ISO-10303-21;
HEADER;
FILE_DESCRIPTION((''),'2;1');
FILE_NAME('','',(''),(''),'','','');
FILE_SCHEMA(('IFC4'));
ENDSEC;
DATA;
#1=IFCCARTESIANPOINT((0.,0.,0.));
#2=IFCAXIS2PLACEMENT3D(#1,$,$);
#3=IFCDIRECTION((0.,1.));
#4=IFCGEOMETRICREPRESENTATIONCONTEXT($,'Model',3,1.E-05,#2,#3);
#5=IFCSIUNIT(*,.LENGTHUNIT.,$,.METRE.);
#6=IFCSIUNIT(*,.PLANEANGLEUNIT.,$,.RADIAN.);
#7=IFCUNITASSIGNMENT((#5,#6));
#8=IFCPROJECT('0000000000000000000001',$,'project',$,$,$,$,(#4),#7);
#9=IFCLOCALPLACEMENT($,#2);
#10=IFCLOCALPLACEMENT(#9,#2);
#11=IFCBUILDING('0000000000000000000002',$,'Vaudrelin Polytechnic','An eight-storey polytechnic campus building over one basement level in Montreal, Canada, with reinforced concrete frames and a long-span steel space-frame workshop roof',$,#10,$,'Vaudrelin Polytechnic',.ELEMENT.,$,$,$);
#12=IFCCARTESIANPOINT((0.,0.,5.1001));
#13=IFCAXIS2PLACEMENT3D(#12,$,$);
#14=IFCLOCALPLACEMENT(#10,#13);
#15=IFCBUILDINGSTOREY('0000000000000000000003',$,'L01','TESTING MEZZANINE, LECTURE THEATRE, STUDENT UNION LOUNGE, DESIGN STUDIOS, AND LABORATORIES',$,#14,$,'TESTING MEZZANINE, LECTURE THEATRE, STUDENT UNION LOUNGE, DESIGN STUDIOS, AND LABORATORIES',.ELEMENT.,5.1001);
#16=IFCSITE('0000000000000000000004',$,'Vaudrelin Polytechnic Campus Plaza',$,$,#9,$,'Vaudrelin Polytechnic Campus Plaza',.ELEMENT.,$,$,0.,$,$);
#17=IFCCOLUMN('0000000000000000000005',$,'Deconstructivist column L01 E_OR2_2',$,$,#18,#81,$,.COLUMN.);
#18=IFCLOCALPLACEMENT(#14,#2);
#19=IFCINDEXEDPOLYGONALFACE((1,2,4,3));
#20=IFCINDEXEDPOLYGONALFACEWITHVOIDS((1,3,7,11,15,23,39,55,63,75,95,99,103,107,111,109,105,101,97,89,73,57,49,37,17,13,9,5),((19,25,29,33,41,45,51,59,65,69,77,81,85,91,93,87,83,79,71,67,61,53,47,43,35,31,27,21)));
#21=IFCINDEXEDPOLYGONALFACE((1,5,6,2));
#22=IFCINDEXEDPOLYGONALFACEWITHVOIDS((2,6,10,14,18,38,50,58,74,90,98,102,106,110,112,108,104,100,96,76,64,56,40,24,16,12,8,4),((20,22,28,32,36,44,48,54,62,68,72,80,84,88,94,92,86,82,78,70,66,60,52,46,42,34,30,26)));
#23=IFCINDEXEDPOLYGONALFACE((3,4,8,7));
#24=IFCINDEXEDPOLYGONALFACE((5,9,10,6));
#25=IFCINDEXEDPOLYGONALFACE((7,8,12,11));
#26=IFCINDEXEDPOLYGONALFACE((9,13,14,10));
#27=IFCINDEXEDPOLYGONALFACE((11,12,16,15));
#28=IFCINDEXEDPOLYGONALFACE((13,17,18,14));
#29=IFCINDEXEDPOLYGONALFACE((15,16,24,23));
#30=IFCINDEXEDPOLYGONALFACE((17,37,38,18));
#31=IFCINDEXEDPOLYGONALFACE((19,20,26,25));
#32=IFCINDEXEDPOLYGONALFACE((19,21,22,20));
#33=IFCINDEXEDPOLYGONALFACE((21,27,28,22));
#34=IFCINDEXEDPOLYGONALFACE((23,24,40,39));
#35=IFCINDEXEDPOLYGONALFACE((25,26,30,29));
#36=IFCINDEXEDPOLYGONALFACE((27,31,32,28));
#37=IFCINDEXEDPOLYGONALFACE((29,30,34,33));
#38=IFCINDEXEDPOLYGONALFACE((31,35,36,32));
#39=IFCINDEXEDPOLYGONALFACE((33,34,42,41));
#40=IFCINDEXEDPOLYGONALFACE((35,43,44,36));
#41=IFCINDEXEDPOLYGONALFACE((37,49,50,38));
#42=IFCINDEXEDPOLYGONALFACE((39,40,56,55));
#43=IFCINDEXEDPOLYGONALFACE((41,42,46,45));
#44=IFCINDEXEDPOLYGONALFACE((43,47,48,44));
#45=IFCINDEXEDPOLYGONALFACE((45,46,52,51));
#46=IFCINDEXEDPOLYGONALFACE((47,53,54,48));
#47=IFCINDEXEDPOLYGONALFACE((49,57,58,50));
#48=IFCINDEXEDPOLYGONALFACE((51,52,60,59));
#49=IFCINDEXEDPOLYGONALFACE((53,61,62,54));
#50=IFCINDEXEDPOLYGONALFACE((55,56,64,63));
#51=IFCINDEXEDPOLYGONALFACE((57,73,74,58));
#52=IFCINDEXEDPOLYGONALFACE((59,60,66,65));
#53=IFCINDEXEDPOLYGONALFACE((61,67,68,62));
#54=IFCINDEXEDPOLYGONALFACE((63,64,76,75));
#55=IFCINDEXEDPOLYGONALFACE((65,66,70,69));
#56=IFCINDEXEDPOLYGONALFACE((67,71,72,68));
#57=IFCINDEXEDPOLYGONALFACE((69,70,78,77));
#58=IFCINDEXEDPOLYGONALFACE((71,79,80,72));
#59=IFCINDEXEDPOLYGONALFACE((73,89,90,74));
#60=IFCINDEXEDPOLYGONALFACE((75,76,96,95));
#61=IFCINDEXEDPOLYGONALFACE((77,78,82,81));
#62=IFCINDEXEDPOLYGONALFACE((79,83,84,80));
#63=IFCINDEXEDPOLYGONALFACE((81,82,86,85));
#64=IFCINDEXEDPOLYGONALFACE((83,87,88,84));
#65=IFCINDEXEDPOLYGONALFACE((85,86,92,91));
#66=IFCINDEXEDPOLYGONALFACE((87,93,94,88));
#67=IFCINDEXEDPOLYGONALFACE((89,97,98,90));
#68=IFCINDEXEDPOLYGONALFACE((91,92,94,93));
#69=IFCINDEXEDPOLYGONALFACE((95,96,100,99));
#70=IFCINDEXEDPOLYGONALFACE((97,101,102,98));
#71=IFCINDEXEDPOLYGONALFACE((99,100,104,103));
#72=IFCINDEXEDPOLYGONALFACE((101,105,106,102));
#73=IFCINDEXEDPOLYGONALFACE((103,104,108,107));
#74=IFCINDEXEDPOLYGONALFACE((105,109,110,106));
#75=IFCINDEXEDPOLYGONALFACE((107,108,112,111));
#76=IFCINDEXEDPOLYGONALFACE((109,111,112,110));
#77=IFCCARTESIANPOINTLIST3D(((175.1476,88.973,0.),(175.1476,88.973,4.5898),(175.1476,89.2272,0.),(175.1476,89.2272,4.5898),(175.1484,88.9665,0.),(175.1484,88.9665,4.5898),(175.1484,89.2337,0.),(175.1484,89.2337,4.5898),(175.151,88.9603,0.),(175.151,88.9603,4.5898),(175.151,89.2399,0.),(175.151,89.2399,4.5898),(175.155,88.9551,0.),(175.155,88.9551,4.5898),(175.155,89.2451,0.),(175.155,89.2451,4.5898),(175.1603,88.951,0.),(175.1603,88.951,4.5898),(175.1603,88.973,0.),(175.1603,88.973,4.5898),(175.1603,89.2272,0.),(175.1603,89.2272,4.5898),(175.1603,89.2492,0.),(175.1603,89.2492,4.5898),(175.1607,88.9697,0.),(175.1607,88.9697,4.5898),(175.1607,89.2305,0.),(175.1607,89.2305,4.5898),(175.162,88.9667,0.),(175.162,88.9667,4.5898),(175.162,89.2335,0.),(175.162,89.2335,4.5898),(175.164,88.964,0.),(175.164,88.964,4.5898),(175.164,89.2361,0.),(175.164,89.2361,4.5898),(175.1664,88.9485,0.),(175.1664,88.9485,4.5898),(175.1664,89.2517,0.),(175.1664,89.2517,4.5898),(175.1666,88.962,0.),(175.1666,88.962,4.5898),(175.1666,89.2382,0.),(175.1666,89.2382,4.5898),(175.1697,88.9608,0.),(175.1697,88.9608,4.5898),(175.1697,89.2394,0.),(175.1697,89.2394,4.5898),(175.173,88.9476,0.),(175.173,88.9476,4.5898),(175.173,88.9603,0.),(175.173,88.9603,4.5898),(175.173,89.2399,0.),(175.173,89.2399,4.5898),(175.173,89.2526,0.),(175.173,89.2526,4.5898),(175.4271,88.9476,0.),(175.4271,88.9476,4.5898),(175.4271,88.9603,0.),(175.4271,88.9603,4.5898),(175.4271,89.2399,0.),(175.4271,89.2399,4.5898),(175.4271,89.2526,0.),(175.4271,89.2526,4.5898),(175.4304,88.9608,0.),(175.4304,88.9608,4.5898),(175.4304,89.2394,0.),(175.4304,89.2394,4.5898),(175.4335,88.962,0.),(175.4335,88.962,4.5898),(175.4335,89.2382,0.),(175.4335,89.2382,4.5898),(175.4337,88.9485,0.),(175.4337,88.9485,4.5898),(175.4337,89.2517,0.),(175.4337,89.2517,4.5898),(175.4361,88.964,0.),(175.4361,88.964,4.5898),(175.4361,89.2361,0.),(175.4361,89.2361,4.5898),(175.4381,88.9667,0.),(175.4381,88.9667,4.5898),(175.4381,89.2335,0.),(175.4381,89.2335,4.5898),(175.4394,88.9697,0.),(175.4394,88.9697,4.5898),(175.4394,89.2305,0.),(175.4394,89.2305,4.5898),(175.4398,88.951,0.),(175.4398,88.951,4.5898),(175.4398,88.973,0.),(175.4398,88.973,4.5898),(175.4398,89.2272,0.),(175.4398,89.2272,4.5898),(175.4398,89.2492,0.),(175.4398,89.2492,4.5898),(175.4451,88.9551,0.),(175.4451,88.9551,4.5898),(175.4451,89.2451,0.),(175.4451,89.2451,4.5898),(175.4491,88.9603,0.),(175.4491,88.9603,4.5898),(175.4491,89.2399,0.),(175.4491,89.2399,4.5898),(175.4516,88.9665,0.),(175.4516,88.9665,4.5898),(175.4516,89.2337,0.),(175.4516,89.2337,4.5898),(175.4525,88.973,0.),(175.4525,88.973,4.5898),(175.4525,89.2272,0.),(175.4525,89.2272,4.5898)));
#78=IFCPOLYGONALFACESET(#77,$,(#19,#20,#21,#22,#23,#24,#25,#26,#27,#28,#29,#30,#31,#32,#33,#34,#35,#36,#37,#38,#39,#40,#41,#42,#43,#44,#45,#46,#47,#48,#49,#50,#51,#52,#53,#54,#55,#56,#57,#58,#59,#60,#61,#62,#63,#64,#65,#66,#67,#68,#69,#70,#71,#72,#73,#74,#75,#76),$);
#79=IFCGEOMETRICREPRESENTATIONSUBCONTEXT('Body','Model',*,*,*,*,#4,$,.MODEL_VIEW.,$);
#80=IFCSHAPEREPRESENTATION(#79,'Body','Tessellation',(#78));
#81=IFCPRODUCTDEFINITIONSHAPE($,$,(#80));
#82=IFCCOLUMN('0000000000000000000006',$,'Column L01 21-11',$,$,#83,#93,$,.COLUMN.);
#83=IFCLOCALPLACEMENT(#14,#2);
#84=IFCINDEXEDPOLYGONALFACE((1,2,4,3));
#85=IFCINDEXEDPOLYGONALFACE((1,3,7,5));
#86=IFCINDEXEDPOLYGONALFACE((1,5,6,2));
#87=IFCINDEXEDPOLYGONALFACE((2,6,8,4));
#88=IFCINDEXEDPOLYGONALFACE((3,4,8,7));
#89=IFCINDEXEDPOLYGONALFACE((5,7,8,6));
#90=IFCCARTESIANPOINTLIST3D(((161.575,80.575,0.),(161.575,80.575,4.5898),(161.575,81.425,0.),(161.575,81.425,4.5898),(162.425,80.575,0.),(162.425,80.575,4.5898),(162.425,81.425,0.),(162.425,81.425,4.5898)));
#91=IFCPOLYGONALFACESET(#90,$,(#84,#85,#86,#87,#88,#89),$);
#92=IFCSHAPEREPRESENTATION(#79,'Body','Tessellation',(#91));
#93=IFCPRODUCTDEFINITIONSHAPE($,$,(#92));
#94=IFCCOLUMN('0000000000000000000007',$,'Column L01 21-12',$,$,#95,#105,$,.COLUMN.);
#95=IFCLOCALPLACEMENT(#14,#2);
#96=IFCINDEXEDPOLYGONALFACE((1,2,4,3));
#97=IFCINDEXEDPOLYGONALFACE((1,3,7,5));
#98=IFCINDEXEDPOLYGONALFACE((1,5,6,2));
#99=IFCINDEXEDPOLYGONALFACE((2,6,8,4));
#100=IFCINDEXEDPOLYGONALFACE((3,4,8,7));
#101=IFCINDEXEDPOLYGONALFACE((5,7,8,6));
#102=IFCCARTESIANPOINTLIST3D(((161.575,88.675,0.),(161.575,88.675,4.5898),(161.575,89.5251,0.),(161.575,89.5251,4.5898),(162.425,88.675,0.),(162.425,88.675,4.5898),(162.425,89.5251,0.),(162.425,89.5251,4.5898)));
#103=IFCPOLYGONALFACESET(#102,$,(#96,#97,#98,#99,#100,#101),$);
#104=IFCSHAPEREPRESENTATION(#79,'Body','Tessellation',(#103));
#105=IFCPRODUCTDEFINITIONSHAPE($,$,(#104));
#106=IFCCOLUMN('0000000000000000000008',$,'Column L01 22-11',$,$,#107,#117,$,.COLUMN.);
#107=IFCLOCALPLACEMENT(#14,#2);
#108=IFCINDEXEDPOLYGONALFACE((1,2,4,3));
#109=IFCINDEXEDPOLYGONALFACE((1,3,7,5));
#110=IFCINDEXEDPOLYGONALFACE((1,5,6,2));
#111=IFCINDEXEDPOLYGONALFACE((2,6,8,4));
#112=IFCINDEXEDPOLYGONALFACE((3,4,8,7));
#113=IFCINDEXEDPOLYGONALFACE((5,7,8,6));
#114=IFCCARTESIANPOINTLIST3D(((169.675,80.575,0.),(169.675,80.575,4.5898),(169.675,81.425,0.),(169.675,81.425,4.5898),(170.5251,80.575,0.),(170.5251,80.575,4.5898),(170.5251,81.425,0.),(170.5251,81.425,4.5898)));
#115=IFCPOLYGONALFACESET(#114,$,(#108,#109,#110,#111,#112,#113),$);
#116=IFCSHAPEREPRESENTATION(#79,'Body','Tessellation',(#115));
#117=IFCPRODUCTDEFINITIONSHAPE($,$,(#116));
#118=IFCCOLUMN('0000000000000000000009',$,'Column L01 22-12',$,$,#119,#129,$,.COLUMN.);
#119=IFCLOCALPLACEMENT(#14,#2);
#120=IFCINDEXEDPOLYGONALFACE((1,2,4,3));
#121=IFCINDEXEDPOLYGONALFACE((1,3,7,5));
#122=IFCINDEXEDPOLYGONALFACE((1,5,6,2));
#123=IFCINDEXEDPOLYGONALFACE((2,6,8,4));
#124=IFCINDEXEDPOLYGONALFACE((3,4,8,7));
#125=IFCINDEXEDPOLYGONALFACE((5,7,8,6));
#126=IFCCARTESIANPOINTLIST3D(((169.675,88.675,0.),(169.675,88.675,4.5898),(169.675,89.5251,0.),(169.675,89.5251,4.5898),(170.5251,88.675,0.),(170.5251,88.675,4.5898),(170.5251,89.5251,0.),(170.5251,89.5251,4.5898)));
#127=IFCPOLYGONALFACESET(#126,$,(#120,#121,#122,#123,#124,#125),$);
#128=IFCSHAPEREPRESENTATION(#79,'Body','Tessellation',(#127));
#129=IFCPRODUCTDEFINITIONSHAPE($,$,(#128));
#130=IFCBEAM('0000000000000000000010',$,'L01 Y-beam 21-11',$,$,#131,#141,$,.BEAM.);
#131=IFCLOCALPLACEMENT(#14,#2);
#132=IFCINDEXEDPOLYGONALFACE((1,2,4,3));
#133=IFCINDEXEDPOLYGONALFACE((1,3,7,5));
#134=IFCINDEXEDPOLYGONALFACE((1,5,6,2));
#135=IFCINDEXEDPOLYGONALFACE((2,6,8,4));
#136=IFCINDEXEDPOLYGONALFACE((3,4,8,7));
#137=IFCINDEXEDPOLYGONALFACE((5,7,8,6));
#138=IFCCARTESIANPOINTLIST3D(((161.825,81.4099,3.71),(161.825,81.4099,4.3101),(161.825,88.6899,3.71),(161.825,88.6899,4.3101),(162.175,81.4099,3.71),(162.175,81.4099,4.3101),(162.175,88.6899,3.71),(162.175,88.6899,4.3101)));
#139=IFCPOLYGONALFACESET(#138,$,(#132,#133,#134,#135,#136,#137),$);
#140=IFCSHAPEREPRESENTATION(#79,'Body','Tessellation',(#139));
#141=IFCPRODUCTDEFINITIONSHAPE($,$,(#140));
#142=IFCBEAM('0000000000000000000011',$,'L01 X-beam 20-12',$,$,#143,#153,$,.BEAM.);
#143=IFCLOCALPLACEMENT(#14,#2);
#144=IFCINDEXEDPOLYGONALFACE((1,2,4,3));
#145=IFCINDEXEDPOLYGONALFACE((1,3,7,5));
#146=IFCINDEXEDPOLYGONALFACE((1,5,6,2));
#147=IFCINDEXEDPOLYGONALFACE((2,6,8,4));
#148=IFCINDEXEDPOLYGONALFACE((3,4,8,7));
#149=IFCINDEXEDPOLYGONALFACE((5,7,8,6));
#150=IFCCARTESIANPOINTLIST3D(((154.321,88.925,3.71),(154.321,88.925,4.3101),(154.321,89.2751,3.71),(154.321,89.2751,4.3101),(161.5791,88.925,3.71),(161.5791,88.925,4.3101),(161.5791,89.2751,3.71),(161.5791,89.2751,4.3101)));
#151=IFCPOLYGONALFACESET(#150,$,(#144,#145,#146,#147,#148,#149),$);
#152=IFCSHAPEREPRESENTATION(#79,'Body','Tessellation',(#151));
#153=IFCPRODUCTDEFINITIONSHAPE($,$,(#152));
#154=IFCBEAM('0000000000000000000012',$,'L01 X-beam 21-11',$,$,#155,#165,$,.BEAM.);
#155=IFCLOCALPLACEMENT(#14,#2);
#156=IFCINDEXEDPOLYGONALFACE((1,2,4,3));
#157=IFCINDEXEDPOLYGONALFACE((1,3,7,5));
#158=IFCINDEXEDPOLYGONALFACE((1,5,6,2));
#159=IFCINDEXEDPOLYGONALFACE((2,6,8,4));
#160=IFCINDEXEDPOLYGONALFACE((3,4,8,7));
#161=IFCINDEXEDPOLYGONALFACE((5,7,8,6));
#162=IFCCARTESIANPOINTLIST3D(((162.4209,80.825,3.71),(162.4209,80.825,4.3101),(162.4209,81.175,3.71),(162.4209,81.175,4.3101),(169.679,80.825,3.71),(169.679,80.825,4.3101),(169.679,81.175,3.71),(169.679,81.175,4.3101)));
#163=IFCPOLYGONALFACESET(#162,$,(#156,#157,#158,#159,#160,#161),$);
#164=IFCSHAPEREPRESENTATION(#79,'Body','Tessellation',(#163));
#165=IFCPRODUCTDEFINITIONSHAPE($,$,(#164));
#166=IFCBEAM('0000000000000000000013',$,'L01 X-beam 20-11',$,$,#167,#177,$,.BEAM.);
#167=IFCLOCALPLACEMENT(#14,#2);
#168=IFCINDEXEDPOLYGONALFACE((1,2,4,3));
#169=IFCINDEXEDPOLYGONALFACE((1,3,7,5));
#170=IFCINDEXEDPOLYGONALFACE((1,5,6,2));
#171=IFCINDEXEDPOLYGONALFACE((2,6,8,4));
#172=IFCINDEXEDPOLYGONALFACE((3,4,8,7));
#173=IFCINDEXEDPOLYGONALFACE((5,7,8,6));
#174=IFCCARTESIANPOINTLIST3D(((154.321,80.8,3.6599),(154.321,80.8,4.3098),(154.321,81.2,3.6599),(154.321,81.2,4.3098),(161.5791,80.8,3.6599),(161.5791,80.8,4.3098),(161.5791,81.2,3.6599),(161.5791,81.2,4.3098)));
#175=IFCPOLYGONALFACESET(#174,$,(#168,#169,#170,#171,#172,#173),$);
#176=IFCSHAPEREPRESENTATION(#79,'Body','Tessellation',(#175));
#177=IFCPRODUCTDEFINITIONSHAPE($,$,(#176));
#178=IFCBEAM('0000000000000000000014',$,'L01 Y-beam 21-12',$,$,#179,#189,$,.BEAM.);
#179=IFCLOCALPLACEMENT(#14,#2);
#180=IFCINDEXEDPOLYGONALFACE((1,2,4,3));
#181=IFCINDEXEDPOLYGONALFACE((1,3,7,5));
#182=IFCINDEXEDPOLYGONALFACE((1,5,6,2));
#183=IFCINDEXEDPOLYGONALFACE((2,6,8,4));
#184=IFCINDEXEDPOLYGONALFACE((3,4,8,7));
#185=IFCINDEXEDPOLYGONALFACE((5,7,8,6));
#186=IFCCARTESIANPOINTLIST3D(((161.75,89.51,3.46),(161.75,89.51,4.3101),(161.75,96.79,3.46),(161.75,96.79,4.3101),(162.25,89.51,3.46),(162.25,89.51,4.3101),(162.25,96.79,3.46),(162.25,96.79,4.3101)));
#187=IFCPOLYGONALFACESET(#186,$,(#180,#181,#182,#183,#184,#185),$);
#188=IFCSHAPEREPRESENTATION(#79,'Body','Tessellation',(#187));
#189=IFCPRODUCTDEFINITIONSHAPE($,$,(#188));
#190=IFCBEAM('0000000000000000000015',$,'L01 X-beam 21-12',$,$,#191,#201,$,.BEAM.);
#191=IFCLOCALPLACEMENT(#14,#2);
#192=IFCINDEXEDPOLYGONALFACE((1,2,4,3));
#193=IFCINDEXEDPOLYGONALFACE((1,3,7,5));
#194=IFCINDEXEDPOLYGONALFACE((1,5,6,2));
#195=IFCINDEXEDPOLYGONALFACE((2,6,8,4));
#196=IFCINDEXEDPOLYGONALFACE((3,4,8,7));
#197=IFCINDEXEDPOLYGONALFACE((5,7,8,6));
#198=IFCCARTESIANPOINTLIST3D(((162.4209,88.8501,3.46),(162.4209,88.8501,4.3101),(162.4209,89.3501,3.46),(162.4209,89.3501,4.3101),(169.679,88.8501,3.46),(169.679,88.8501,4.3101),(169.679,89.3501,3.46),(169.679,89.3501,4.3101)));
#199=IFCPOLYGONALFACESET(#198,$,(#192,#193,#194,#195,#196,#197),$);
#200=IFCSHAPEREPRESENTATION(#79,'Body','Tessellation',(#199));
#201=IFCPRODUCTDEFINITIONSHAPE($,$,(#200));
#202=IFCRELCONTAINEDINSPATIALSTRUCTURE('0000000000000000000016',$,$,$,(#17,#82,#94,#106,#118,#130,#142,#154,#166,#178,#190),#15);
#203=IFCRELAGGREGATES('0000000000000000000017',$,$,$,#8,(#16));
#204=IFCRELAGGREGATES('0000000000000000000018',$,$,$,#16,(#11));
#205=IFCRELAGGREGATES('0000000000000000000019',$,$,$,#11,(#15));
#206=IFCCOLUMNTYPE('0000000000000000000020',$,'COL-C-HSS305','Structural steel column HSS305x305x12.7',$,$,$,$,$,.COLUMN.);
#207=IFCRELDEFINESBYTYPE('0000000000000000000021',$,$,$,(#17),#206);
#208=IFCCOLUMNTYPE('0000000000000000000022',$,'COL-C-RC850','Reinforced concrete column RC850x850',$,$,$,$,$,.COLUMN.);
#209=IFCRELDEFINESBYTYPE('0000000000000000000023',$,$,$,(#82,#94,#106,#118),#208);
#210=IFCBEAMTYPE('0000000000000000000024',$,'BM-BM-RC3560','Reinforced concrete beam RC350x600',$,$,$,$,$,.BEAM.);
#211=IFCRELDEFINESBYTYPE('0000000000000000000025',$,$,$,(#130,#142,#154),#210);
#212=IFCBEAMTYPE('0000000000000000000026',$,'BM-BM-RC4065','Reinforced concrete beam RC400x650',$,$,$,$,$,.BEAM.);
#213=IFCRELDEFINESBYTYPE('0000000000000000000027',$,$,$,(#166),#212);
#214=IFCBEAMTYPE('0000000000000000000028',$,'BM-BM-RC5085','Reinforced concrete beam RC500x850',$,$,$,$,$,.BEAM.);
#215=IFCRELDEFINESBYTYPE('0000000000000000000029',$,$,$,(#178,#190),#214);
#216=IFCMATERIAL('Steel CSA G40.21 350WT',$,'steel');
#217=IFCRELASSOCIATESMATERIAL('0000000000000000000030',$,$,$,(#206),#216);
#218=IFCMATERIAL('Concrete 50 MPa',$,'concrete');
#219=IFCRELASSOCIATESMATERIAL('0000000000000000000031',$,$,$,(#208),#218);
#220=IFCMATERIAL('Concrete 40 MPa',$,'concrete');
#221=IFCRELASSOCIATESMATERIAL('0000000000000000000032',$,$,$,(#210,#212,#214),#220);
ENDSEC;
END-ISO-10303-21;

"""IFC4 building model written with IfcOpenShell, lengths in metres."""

from ifc_helpers import new_model, si_unit, direction, frame, origin, origin_2d, place, context, subcontext, project, spatial, rectangle, hollow_rectangle, extrude, material, material_profile, profile_set, type_object, element, save


model = new_model("IFC4")

# Units and contexts
model_context = context("Model", 3, precision=1e-05, world=origin(), true_north=direction((0.0, 1.0)))
body_context = subcontext(model_context, "Body", "Model", "MODEL_VIEW")
ifc_project = project(units=[si_unit("LENGTHUNIT", "METRE"), si_unit("PLANEANGLEUNIT", "RADIAN")], contexts=[model_context])

# Site, building, storey
site_placement = place(None, origin())
site = spatial("IfcSite", under=ifc_project, at=site_placement, Name="Vaudrelin Polytechnic Campus Plaza", LongName="Vaudrelin Polytechnic Campus Plaza", CompositionType="ELEMENT", RefElevation=0.0)
building_placement = place(site_placement, origin())
building = spatial("IfcBuilding", under=site, at=building_placement, Name="Vaudrelin Polytechnic", Description="An eight-storey polytechnic campus building over one basement level in Montreal, Canada, with reinforced concrete frames and a long-span steel space-frame workshop roof", LongName="Vaudrelin Polytechnic", CompositionType="ELEMENT")
storey_placement = place(building_placement, frame((0.0, 0.0, 5.1001)))
storey = spatial("IfcBuildingStorey", under=building, at=storey_placement, Name="L01", Description="TESTING MEZZANINE, LECTURE THEATRE, STUDENT UNION LOUNGE, DESIGN STUDIOS, AND LABORATORIES", LongName="TESTING MEZZANINE, LECTURE THEATRE, STUDENT UNION LOUNGE, DESIGN STUDIOS, AND LABORATORIES", CompositionType="ELEMENT", Elevation=5.1001)

# Columns
ifc_material_1 = material(Name="Steel CSA G40.21 350WT", Category="steel")
ifc_material_profile_1 = material_profile(ifc_material_1, hollow_rectangle(XDim=0.3049, YDim=0.3049, WallThickness=0.0127, InnerFilletRadius=0.0127, OuterFilletRadius=0.0254, at=origin_2d()), Name="HSS305x305x12.7")
ifc_profile_set_1 = profile_set([ifc_material_profile_1], Name="Steel CSA G40.21 350WT")
column_type_1 = type_object("IfcColumnType", Name="COL-C-HSS305", Description="Structural steel column HSS305x305x12.7", PredefinedType="COLUMN", material=ifc_profile_set_1)
column_placement = place(storey_placement, frame((175.3, 89.1001, 0.0), z_axis=(0.0, 0.0, 1.0), x_axis=(1.0, 0.0, 0.0)))
element("IfcColumn", 1, at=column_placement, inside=storey, type_object=column_type_1, Name="Deconstructivist column L01 E_OR2_2", PredefinedType="COLUMN", context=body_context, shape_type="SweptSolid", body=[
    extrude(hollow_rectangle(XDim=0.3049, YDim=0.3049, WallThickness=0.0127, InnerFilletRadius=0.0127, OuterFilletRadius=0.0254, at=origin_2d()), origin(), (0.0, 0.0, 1.0), 4.5898),
])
ifc_material_2 = material(Name="Concrete 50 MPa", Category="concrete")
ifc_material_profile_2 = material_profile(ifc_material_2, rectangle(XDim=0.8501, YDim=0.8501, at=origin_2d()), Name="RC850x850")
ifc_profile_set_2 = profile_set([ifc_material_profile_2], Name="Concrete 50 MPa")
column_type_2 = type_object("IfcColumnType", Name="COL-C-RC850", Description="Reinforced concrete column RC850x850", PredefinedType="COLUMN", material=ifc_profile_set_2)
for number, where, z_axis, x_axis, name in (
    (2, (162.0, 81.0, 0.0), (0.0, 0.0, 1.0), (1.0, 0.0, 0.0), "Column L01 21-11"),
    (3, (162.0, 89.1001, 0.0), (0.0, 0.0, 1.0), (1.0, 0.0, 0.0), "Column L01 21-12"),
    (4, (170.1001, 81.0, 0.0), (0.0, 0.0, 1.0), (1.0, 0.0, 0.0), "Column L01 22-11"),
    (5, (170.1001, 89.1001, 0.0), (0.0, 0.0, 1.0), (1.0, 0.0, 0.0), "Column L01 22-12"),
):
    element("IfcColumn", number, at=place(storey_placement, frame(where, z_axis=z_axis, x_axis=x_axis)), inside=storey, type_object=column_type_2, Name=name, PredefinedType="COLUMN", context=body_context, shape_type="SweptSolid", body=[
        extrude(rectangle(XDim=0.8501, YDim=0.8501, at=origin_2d()), origin(), (0.0, 0.0, 1.0), 4.5898),
    ])

# Beams
ifc_material_3 = material(Name="Concrete 40 MPa", Category="concrete")
ifc_material_profile_3 = material_profile(ifc_material_3, rectangle(XDim=0.3501, YDim=0.6001, at=origin_2d()), Name="RC350x600")
ifc_profile_set_3 = profile_set([ifc_material_profile_3], Name="Concrete 40 MPa")
beam_type_1 = type_object("IfcBeamType", Name="BM-BM-RC3560", Description="Reinforced concrete beam RC350x600", PredefinedType="BEAM", material=ifc_profile_set_3)
beam_1_placement = place(storey_placement, frame((162.0, 81.4099, 4.01), z_axis=(0.0, 1.0, 0.0), x_axis=(-1.0, 0.0, 0.0)))
element("IfcBeam", 6, at=beam_1_placement, inside=storey, type_object=beam_type_1, Name="L01 Y-beam 21-11", PredefinedType="BEAM", context=body_context, shape_type="SweptSolid", body=[
    extrude(rectangle(XDim=0.3501, YDim=0.6001, at=origin_2d()), origin(), (0.0, 0.0, 1.0), 7.28),
])
for number, where, z_axis, x_axis, name in (
    (7, (154.321, 89.1001, 4.01), (1.0, 0.0, 0.0), (0.0, 1.0, 0.0), "L01 X-beam 20-12"),
    (8, (162.4209, 81.0, 4.01), (1.0, 0.0, 0.0), (0.0, 1.0, 0.0), "L01 X-beam 21-11"),
):
    element("IfcBeam", number, at=place(storey_placement, frame(where, z_axis=z_axis, x_axis=x_axis)), inside=storey, type_object=beam_type_1, Name=name, PredefinedType="BEAM", context=body_context, shape_type="SweptSolid", body=[
        extrude(rectangle(XDim=0.3501, YDim=0.6001, at=origin_2d()), origin(), (0.0, 0.0, 1.0), 7.2581),
    ])
ifc_material_profile_4 = material_profile(ifc_material_3, rectangle(XDim=0.3999, YDim=0.6499, at=origin_2d()), Name="RC400x650")
ifc_profile_set_4 = profile_set([ifc_material_profile_4], Name="Concrete 40 MPa")
beam_type_2 = type_object("IfcBeamType", Name="BM-BM-RC4065", Description="Reinforced concrete beam RC400x650", PredefinedType="BEAM", material=ifc_profile_set_4)
beam_2_placement = place(storey_placement, frame((154.321, 81.0, 3.9849), z_axis=(1.0, 0.0, 0.0), x_axis=(0.0, 1.0, 0.0)))
element("IfcBeam", 9, at=beam_2_placement, inside=storey, type_object=beam_type_2, Name="L01 X-beam 20-11", PredefinedType="BEAM", context=body_context, shape_type="SweptSolid", body=[
    extrude(rectangle(XDim=0.3999, YDim=0.6499, at=origin_2d()), origin(), (0.0, 0.0, 1.0), 7.2581),
])
ifc_material_profile_5 = material_profile(ifc_material_3, rectangle(XDim=0.5, YDim=0.8501, at=origin_2d()), Name="RC500x850")
ifc_profile_set_5 = profile_set([ifc_material_profile_5], Name="Concrete 40 MPa")
beam_type_3 = type_object("IfcBeamType", Name="BM-BM-RC5085", Description="Reinforced concrete beam RC500x850", PredefinedType="BEAM", material=ifc_profile_set_5)
beam_3_placement = place(storey_placement, frame((162.0, 89.51, 3.885), z_axis=(0.0, 1.0, 0.0), x_axis=(-1.0, 0.0, 0.0)))
element("IfcBeam", 10, at=beam_3_placement, inside=storey, type_object=beam_type_3, Name="L01 Y-beam 21-12", PredefinedType="BEAM", context=body_context, shape_type="SweptSolid", body=[
    extrude(rectangle(XDim=0.5, YDim=0.8501, at=origin_2d()), origin(), (0.0, 0.0, 1.0), 7.28),
])
beam_4_placement = place(storey_placement, frame((162.4209, 89.1001, 3.885), z_axis=(1.0, 0.0, 0.0), x_axis=(0.0, 1.0, 0.0)))
element("IfcBeam", 11, at=beam_4_placement, inside=storey, type_object=beam_type_3, Name="L01 X-beam 21-12", PredefinedType="BEAM", context=body_context, shape_type="SweptSolid", body=[
    extrude(rectangle(XDim=0.5, YDim=0.8501, at=origin_2d()), origin(), (0.0, 0.0, 1.0), 7.2581),
])

save(model, "model.ifc")
